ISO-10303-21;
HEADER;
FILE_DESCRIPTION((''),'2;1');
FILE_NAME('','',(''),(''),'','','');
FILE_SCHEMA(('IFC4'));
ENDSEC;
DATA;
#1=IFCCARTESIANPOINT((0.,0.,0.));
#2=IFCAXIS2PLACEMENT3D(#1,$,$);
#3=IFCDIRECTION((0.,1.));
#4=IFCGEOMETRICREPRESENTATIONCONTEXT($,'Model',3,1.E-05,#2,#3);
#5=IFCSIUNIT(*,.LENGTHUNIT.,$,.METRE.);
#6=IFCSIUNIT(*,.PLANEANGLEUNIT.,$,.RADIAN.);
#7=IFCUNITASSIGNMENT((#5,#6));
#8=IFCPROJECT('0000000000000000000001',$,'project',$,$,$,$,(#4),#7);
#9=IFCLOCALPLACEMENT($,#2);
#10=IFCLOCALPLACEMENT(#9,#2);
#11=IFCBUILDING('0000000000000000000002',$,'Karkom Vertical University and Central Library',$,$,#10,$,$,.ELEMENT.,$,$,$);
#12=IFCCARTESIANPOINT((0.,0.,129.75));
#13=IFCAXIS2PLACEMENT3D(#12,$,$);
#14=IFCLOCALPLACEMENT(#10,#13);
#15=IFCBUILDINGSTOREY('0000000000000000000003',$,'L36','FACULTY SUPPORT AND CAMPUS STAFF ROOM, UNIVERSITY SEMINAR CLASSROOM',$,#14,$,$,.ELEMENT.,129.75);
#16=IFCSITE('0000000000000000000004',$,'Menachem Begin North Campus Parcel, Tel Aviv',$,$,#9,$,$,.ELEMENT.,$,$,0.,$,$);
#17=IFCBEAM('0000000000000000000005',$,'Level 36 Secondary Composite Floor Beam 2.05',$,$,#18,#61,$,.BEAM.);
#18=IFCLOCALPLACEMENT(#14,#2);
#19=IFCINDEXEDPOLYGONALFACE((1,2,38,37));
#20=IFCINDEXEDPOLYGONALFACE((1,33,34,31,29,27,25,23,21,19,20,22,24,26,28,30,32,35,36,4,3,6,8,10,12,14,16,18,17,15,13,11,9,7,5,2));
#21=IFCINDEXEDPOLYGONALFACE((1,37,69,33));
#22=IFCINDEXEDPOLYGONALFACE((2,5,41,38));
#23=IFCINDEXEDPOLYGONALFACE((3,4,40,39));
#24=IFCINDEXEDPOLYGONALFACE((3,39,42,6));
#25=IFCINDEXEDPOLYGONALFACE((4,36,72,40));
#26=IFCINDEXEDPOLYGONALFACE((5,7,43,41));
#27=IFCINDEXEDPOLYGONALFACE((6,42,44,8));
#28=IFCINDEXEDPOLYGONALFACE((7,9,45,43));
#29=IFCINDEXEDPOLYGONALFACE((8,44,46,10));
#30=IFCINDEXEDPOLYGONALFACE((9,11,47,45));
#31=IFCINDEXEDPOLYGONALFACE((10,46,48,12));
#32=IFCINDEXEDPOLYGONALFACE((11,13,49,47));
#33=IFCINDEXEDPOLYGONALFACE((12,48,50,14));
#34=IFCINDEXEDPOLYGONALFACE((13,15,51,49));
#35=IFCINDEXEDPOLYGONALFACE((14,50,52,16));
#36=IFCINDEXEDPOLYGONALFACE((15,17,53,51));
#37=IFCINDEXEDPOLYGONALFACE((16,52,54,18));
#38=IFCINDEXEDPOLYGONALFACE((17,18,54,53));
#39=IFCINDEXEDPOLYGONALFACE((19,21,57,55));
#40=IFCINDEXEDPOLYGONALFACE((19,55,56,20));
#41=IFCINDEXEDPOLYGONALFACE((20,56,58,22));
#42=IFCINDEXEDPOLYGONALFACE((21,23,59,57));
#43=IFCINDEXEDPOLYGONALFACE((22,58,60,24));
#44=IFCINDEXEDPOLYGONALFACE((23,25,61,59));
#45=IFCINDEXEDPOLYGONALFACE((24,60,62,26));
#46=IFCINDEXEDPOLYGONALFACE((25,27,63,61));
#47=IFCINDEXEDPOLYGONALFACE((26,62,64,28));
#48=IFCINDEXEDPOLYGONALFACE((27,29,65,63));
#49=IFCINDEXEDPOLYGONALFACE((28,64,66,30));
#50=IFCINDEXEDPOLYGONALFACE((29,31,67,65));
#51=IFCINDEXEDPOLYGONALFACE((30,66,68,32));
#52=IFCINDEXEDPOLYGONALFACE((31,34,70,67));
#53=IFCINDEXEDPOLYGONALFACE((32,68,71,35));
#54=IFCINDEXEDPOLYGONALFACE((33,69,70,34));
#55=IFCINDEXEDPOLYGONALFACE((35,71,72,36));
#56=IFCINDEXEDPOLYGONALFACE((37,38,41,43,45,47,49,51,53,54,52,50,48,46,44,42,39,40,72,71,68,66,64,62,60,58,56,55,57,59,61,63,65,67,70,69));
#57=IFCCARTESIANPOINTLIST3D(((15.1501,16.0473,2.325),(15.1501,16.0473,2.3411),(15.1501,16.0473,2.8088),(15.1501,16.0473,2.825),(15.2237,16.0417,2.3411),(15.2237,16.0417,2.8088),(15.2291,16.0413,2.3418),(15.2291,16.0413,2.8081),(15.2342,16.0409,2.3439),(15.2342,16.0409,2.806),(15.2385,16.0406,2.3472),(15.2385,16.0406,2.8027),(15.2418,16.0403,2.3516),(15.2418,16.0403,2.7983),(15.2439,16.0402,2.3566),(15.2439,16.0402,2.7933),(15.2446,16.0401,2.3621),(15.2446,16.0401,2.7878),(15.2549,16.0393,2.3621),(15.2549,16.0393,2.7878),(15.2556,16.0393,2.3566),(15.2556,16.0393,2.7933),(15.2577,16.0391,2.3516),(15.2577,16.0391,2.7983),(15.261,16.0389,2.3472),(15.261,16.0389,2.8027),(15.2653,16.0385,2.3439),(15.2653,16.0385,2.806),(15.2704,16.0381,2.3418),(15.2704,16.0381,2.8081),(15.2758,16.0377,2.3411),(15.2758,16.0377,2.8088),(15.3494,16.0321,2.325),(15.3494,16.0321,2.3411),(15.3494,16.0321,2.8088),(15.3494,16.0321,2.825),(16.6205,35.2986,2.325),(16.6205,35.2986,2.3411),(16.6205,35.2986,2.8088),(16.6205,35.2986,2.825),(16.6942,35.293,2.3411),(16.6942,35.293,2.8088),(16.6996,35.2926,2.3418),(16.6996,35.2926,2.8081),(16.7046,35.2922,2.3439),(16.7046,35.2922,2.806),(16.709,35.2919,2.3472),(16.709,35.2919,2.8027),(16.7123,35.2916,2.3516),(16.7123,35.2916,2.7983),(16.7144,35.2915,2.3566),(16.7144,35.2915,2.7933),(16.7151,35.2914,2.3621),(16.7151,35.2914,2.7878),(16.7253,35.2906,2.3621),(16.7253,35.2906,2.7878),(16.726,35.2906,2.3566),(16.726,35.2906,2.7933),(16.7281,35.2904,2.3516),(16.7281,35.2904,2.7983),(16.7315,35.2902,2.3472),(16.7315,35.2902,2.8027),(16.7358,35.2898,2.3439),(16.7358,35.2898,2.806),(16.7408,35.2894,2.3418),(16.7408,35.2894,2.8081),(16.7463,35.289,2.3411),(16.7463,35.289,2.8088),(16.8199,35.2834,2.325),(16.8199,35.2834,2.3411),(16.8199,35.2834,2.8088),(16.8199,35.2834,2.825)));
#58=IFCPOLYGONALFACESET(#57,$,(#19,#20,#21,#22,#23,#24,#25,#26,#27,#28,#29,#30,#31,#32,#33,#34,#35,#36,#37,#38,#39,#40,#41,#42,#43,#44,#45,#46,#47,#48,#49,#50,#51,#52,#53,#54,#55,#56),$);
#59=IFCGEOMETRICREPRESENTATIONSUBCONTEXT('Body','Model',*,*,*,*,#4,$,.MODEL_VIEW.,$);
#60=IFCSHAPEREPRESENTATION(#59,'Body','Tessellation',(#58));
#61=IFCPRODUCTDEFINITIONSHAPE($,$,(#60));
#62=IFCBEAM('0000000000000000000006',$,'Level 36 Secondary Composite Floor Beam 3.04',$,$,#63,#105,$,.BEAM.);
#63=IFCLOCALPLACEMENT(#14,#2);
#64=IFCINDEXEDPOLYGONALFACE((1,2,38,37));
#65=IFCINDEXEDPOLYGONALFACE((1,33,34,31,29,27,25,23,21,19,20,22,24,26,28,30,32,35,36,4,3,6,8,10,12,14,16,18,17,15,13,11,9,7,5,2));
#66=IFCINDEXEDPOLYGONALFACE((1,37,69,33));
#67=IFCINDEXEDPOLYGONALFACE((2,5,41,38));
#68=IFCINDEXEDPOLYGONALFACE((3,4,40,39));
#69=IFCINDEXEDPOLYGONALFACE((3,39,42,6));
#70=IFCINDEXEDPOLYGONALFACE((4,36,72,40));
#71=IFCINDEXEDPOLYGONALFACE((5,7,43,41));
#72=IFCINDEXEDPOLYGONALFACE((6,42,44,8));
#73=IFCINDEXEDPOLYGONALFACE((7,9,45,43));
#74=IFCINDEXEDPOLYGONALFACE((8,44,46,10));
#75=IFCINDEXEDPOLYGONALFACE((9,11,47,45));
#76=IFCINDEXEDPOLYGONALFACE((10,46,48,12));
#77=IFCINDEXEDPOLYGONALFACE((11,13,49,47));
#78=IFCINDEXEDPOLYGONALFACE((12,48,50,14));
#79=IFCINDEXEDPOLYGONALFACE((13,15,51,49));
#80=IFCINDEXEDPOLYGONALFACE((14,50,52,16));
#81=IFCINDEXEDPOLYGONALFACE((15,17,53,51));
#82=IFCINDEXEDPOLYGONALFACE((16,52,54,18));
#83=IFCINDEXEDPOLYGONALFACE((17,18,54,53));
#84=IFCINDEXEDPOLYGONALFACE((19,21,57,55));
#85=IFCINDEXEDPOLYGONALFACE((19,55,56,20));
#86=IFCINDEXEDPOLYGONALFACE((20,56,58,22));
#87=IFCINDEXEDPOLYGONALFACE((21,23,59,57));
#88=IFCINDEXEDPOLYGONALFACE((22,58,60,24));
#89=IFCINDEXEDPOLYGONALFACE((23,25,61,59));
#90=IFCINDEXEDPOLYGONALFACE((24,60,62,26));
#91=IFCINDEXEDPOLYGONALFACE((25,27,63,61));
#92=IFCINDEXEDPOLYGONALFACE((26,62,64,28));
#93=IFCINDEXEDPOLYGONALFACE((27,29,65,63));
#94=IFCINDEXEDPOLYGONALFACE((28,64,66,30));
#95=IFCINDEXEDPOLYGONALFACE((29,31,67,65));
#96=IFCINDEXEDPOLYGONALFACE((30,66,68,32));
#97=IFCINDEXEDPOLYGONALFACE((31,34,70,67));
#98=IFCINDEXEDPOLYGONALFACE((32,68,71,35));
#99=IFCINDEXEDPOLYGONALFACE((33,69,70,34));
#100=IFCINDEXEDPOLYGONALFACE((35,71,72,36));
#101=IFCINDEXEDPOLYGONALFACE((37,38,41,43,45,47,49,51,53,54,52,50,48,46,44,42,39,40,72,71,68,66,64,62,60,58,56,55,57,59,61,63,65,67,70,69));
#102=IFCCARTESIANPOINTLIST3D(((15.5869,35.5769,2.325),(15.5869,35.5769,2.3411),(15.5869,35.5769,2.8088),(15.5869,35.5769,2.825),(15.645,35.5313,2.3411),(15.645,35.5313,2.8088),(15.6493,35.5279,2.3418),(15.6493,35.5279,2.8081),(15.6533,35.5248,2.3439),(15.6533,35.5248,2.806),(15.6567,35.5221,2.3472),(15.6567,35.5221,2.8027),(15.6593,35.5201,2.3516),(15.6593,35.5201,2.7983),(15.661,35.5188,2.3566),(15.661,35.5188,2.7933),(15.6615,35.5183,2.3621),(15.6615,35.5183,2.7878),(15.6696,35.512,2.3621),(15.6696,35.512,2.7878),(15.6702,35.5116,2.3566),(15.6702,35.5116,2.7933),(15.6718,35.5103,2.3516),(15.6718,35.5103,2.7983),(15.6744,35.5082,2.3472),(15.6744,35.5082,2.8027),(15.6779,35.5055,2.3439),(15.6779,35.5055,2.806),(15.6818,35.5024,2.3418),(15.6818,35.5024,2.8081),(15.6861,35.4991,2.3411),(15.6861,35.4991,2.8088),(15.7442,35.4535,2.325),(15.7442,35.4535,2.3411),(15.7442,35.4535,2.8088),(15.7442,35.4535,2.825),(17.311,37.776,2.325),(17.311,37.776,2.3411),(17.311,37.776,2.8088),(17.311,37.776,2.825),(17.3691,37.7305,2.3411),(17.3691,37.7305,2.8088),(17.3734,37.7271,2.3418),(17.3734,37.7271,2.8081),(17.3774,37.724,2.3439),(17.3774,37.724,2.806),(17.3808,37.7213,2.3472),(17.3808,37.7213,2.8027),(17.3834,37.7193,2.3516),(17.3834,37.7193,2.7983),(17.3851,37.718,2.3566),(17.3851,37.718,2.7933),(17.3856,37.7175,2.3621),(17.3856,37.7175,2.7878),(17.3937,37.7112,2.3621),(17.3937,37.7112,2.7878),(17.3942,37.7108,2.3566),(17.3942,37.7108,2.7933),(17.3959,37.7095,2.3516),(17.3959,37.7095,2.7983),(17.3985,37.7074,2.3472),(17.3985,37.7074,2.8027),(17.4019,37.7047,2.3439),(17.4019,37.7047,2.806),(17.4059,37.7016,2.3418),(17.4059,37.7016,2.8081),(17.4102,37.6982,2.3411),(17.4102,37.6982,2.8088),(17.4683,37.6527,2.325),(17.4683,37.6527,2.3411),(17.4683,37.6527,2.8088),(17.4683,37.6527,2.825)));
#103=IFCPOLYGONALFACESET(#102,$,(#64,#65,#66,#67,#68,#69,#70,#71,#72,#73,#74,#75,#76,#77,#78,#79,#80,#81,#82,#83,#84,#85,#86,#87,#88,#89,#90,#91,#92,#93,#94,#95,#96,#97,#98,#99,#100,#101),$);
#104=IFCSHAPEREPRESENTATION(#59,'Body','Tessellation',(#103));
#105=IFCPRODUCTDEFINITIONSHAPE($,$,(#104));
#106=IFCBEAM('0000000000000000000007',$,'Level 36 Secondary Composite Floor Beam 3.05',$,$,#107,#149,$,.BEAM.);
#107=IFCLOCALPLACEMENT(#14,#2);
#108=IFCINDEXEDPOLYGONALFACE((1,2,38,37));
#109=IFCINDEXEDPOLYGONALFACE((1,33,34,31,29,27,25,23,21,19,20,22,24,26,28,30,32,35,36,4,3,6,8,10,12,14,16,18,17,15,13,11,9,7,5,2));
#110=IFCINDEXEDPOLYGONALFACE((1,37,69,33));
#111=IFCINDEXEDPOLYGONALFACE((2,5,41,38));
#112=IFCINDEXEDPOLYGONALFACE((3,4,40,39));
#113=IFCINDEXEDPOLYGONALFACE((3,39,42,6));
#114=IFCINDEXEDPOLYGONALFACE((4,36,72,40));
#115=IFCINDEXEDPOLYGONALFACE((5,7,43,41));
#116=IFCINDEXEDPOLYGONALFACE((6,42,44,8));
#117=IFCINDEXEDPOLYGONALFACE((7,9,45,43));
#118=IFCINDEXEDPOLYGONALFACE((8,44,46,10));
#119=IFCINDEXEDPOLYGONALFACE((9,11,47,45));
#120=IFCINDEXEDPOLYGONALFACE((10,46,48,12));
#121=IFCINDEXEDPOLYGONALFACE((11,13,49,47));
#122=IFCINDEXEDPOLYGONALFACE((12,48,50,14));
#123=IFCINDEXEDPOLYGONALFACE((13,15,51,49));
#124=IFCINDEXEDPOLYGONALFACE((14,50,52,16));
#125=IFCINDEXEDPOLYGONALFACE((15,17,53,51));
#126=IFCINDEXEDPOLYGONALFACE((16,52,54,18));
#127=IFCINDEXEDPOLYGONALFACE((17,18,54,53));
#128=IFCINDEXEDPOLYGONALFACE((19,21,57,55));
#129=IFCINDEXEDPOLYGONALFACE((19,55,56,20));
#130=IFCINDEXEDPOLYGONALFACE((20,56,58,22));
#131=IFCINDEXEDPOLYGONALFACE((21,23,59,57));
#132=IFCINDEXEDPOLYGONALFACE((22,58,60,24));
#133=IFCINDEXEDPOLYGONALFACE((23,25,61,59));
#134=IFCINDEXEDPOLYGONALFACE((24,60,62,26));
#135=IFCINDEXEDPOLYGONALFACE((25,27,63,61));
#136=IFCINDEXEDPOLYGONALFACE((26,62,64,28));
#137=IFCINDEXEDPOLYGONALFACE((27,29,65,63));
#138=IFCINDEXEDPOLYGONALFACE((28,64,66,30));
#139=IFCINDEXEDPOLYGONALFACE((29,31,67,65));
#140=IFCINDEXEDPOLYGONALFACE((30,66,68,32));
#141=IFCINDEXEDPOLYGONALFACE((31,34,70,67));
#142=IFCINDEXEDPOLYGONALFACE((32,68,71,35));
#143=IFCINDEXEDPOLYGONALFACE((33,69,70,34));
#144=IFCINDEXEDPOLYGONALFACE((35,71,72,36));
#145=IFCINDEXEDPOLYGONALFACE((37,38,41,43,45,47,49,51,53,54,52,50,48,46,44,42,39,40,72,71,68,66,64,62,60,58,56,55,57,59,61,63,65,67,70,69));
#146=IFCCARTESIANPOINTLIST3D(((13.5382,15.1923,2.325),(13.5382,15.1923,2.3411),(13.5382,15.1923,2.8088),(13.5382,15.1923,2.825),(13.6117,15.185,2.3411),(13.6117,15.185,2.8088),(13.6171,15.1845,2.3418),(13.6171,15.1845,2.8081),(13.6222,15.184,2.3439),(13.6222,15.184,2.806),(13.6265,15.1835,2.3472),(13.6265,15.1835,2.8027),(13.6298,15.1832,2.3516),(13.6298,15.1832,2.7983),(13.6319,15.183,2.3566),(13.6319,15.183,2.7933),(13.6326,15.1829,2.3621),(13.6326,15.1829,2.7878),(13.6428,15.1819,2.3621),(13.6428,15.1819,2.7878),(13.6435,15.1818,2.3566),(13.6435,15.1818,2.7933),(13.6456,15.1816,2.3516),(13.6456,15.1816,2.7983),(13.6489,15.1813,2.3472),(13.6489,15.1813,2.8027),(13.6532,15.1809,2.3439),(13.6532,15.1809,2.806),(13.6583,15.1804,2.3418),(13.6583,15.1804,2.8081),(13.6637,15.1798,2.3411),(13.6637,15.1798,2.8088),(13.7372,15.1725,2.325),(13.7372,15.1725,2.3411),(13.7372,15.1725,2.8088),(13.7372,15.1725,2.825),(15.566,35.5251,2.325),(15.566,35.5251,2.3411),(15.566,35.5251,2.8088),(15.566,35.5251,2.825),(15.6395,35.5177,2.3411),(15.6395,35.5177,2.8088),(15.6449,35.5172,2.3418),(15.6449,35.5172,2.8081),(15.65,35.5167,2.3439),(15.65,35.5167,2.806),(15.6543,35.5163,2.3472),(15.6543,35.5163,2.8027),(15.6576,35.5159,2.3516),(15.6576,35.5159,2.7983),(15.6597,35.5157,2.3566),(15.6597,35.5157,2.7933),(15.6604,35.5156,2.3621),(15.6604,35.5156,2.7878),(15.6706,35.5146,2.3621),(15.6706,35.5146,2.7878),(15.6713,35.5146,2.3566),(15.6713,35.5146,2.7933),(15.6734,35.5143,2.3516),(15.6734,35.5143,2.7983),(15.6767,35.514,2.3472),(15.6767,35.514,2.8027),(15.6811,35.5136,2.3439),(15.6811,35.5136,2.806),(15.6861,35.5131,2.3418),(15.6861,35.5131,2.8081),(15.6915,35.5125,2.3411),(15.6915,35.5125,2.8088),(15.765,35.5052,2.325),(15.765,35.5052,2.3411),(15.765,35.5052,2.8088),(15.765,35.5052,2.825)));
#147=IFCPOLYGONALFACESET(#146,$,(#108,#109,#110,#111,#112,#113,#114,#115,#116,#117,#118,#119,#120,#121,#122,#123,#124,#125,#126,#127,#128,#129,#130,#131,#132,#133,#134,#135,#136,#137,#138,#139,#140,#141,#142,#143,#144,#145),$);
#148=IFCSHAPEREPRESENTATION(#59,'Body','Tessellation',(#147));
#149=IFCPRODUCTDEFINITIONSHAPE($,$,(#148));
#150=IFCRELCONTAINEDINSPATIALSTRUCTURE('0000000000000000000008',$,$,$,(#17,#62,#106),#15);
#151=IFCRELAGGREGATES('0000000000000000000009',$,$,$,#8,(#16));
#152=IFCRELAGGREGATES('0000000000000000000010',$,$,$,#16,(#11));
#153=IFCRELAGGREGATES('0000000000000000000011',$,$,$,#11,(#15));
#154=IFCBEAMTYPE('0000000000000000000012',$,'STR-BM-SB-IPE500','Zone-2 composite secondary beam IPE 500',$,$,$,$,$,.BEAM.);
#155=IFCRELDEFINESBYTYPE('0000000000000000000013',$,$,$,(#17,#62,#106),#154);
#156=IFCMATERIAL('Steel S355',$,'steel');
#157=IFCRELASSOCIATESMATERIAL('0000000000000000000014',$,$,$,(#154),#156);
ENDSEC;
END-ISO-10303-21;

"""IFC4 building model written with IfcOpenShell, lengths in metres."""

from ifc_helpers import new_model, si_unit, direction, frame, origin, origin_with_axes, origin_2d, place, context, subcontext, project, spatial, i_section, extrude, source, transform, mapped, material, material_profile, profile_set, type_object, element, save


model = new_model("IFC4")

# Units and contexts
model_context = context("Model", 3, precision=1e-05, world=origin(), true_north=direction((0.0, 1.0)))
body_context = subcontext(model_context, "Body", "Model", "MODEL_VIEW")
ifc_project = project(units=[si_unit("LENGTHUNIT", "METRE"), si_unit("PLANEANGLEUNIT", "RADIAN")], contexts=[model_context])

# Site, building, storey
site_placement = place(None, origin())
site = spatial("IfcSite", under=ifc_project, at=site_placement, Name="Menachem Begin North Campus Parcel, Tel Aviv", CompositionType="ELEMENT", RefElevation=0.0)
building_placement = place(site_placement, origin())
building = spatial("IfcBuilding", under=site, at=building_placement, Name="Karkom Vertical University and Central Library", CompositionType="ELEMENT")
storey_placement = place(building_placement, frame((0.0, 0.0, 129.75)))
storey = spatial("IfcBuildingStorey", under=building, at=storey_placement, Name="L36", Description="FACULTY SUPPORT AND CAMPUS STAFF ROOM, UNIVERSITY SEMINAR CLASSROOM", CompositionType="ELEMENT", Elevation=129.75)

# Beams
ifc_material_1 = material(Name="Steel S355", Category="steel")
ifc_material_profile_1 = material_profile(ifc_material_1, i_section(OverallWidth=0.2, OverallDepth=0.5, WebThickness=0.0103, FlangeThickness=0.0161, FilletRadius=0.021, at=origin_2d()), Name="IPE 500")
ifc_profile_set_1 = profile_set([ifc_material_profile_1], Name="Steel S355")
beam_type_1 = type_object("IfcBeamType", Name="STR-BM-SB-IPE500", Description="Zone-2 composite secondary beam IPE 500", PredefinedType="BEAM", material=ifc_profile_set_1)
shared_shape_1 = source(origin_with_axes(), body_context, "Body", "SweptSolid", [
    extrude(i_section(OverallWidth=0.2, OverallDepth=0.5, WebThickness=0.0103, FlangeThickness=0.0161, FilletRadius=0.021, at=origin_2d()), origin(), (0.0, 0.0, 1.0), 19.3074),
])
beam_1_placement = place(storey_placement, frame((16.7202, 35.291, 2.575), z_axis=(-0.076161, -0.997096, 0.0), x_axis=(0.997096, -0.076161, 0.0)))
element("IfcBeam", 1, at=beam_1_placement, inside=storey, type_object=beam_type_1, Name="Level 36 Secondary Composite Floor Beam 2.05", PredefinedType="BEAM", context=body_context, shape_type="MappedRepresentation", body=[
    mapped(shared_shape_1, transform((0.0, 0.0, 0.0), scale=1.0)),
])
shared_shape_2 = source(origin_with_axes(), body_context, "Body", "SweptSolid", [
    extrude(i_section(OverallWidth=0.2, OverallDepth=0.5, WebThickness=0.0103, FlangeThickness=0.0161, FilletRadius=0.021, at=origin_2d()), origin(), (0.0, 0.0, 1.0), 2.7944),
])
beam_2_placement = place(storey_placement, frame((17.3896, 37.7144, 2.575), z_axis=(-0.616972, -0.786985, 0.0), x_axis=(0.786985, -0.616972, 0.0)))
element("IfcBeam", 2, at=beam_2_placement, inside=storey, type_object=beam_type_1, Name="Level 36 Secondary Composite Floor Beam 3.04", PredefinedType="BEAM", context=body_context, shape_type="MappedRepresentation", body=[
    mapped(shared_shape_2, transform((0.0, 0.0, 0.0), scale=1.0)),
])
shared_shape_3 = source(origin_with_axes(), body_context, "Body", "SweptSolid", [
    extrude(i_section(OverallWidth=0.2, OverallDepth=0.5, WebThickness=0.0103, FlangeThickness=0.0161, FilletRadius=0.021, at=origin_2d()), origin(), (0.0, 0.0, 1.0), 20.4336),
])
beam_3_placement = place(storey_placement, frame((15.6655, 35.5151, 2.575), z_axis=(-0.09924, -0.995064, 0.0), x_axis=(0.995064, -0.09924, 0.0)))
element("IfcBeam", 3, at=beam_3_placement, inside=storey, type_object=beam_type_1, Name="Level 36 Secondary Composite Floor Beam 3.05", PredefinedType="BEAM", context=body_context, shape_type="MappedRepresentation", body=[
    mapped(shared_shape_3, transform((0.0, 0.0, 0.0), scale=1.0)),
])

save(model, "model.ifc")
